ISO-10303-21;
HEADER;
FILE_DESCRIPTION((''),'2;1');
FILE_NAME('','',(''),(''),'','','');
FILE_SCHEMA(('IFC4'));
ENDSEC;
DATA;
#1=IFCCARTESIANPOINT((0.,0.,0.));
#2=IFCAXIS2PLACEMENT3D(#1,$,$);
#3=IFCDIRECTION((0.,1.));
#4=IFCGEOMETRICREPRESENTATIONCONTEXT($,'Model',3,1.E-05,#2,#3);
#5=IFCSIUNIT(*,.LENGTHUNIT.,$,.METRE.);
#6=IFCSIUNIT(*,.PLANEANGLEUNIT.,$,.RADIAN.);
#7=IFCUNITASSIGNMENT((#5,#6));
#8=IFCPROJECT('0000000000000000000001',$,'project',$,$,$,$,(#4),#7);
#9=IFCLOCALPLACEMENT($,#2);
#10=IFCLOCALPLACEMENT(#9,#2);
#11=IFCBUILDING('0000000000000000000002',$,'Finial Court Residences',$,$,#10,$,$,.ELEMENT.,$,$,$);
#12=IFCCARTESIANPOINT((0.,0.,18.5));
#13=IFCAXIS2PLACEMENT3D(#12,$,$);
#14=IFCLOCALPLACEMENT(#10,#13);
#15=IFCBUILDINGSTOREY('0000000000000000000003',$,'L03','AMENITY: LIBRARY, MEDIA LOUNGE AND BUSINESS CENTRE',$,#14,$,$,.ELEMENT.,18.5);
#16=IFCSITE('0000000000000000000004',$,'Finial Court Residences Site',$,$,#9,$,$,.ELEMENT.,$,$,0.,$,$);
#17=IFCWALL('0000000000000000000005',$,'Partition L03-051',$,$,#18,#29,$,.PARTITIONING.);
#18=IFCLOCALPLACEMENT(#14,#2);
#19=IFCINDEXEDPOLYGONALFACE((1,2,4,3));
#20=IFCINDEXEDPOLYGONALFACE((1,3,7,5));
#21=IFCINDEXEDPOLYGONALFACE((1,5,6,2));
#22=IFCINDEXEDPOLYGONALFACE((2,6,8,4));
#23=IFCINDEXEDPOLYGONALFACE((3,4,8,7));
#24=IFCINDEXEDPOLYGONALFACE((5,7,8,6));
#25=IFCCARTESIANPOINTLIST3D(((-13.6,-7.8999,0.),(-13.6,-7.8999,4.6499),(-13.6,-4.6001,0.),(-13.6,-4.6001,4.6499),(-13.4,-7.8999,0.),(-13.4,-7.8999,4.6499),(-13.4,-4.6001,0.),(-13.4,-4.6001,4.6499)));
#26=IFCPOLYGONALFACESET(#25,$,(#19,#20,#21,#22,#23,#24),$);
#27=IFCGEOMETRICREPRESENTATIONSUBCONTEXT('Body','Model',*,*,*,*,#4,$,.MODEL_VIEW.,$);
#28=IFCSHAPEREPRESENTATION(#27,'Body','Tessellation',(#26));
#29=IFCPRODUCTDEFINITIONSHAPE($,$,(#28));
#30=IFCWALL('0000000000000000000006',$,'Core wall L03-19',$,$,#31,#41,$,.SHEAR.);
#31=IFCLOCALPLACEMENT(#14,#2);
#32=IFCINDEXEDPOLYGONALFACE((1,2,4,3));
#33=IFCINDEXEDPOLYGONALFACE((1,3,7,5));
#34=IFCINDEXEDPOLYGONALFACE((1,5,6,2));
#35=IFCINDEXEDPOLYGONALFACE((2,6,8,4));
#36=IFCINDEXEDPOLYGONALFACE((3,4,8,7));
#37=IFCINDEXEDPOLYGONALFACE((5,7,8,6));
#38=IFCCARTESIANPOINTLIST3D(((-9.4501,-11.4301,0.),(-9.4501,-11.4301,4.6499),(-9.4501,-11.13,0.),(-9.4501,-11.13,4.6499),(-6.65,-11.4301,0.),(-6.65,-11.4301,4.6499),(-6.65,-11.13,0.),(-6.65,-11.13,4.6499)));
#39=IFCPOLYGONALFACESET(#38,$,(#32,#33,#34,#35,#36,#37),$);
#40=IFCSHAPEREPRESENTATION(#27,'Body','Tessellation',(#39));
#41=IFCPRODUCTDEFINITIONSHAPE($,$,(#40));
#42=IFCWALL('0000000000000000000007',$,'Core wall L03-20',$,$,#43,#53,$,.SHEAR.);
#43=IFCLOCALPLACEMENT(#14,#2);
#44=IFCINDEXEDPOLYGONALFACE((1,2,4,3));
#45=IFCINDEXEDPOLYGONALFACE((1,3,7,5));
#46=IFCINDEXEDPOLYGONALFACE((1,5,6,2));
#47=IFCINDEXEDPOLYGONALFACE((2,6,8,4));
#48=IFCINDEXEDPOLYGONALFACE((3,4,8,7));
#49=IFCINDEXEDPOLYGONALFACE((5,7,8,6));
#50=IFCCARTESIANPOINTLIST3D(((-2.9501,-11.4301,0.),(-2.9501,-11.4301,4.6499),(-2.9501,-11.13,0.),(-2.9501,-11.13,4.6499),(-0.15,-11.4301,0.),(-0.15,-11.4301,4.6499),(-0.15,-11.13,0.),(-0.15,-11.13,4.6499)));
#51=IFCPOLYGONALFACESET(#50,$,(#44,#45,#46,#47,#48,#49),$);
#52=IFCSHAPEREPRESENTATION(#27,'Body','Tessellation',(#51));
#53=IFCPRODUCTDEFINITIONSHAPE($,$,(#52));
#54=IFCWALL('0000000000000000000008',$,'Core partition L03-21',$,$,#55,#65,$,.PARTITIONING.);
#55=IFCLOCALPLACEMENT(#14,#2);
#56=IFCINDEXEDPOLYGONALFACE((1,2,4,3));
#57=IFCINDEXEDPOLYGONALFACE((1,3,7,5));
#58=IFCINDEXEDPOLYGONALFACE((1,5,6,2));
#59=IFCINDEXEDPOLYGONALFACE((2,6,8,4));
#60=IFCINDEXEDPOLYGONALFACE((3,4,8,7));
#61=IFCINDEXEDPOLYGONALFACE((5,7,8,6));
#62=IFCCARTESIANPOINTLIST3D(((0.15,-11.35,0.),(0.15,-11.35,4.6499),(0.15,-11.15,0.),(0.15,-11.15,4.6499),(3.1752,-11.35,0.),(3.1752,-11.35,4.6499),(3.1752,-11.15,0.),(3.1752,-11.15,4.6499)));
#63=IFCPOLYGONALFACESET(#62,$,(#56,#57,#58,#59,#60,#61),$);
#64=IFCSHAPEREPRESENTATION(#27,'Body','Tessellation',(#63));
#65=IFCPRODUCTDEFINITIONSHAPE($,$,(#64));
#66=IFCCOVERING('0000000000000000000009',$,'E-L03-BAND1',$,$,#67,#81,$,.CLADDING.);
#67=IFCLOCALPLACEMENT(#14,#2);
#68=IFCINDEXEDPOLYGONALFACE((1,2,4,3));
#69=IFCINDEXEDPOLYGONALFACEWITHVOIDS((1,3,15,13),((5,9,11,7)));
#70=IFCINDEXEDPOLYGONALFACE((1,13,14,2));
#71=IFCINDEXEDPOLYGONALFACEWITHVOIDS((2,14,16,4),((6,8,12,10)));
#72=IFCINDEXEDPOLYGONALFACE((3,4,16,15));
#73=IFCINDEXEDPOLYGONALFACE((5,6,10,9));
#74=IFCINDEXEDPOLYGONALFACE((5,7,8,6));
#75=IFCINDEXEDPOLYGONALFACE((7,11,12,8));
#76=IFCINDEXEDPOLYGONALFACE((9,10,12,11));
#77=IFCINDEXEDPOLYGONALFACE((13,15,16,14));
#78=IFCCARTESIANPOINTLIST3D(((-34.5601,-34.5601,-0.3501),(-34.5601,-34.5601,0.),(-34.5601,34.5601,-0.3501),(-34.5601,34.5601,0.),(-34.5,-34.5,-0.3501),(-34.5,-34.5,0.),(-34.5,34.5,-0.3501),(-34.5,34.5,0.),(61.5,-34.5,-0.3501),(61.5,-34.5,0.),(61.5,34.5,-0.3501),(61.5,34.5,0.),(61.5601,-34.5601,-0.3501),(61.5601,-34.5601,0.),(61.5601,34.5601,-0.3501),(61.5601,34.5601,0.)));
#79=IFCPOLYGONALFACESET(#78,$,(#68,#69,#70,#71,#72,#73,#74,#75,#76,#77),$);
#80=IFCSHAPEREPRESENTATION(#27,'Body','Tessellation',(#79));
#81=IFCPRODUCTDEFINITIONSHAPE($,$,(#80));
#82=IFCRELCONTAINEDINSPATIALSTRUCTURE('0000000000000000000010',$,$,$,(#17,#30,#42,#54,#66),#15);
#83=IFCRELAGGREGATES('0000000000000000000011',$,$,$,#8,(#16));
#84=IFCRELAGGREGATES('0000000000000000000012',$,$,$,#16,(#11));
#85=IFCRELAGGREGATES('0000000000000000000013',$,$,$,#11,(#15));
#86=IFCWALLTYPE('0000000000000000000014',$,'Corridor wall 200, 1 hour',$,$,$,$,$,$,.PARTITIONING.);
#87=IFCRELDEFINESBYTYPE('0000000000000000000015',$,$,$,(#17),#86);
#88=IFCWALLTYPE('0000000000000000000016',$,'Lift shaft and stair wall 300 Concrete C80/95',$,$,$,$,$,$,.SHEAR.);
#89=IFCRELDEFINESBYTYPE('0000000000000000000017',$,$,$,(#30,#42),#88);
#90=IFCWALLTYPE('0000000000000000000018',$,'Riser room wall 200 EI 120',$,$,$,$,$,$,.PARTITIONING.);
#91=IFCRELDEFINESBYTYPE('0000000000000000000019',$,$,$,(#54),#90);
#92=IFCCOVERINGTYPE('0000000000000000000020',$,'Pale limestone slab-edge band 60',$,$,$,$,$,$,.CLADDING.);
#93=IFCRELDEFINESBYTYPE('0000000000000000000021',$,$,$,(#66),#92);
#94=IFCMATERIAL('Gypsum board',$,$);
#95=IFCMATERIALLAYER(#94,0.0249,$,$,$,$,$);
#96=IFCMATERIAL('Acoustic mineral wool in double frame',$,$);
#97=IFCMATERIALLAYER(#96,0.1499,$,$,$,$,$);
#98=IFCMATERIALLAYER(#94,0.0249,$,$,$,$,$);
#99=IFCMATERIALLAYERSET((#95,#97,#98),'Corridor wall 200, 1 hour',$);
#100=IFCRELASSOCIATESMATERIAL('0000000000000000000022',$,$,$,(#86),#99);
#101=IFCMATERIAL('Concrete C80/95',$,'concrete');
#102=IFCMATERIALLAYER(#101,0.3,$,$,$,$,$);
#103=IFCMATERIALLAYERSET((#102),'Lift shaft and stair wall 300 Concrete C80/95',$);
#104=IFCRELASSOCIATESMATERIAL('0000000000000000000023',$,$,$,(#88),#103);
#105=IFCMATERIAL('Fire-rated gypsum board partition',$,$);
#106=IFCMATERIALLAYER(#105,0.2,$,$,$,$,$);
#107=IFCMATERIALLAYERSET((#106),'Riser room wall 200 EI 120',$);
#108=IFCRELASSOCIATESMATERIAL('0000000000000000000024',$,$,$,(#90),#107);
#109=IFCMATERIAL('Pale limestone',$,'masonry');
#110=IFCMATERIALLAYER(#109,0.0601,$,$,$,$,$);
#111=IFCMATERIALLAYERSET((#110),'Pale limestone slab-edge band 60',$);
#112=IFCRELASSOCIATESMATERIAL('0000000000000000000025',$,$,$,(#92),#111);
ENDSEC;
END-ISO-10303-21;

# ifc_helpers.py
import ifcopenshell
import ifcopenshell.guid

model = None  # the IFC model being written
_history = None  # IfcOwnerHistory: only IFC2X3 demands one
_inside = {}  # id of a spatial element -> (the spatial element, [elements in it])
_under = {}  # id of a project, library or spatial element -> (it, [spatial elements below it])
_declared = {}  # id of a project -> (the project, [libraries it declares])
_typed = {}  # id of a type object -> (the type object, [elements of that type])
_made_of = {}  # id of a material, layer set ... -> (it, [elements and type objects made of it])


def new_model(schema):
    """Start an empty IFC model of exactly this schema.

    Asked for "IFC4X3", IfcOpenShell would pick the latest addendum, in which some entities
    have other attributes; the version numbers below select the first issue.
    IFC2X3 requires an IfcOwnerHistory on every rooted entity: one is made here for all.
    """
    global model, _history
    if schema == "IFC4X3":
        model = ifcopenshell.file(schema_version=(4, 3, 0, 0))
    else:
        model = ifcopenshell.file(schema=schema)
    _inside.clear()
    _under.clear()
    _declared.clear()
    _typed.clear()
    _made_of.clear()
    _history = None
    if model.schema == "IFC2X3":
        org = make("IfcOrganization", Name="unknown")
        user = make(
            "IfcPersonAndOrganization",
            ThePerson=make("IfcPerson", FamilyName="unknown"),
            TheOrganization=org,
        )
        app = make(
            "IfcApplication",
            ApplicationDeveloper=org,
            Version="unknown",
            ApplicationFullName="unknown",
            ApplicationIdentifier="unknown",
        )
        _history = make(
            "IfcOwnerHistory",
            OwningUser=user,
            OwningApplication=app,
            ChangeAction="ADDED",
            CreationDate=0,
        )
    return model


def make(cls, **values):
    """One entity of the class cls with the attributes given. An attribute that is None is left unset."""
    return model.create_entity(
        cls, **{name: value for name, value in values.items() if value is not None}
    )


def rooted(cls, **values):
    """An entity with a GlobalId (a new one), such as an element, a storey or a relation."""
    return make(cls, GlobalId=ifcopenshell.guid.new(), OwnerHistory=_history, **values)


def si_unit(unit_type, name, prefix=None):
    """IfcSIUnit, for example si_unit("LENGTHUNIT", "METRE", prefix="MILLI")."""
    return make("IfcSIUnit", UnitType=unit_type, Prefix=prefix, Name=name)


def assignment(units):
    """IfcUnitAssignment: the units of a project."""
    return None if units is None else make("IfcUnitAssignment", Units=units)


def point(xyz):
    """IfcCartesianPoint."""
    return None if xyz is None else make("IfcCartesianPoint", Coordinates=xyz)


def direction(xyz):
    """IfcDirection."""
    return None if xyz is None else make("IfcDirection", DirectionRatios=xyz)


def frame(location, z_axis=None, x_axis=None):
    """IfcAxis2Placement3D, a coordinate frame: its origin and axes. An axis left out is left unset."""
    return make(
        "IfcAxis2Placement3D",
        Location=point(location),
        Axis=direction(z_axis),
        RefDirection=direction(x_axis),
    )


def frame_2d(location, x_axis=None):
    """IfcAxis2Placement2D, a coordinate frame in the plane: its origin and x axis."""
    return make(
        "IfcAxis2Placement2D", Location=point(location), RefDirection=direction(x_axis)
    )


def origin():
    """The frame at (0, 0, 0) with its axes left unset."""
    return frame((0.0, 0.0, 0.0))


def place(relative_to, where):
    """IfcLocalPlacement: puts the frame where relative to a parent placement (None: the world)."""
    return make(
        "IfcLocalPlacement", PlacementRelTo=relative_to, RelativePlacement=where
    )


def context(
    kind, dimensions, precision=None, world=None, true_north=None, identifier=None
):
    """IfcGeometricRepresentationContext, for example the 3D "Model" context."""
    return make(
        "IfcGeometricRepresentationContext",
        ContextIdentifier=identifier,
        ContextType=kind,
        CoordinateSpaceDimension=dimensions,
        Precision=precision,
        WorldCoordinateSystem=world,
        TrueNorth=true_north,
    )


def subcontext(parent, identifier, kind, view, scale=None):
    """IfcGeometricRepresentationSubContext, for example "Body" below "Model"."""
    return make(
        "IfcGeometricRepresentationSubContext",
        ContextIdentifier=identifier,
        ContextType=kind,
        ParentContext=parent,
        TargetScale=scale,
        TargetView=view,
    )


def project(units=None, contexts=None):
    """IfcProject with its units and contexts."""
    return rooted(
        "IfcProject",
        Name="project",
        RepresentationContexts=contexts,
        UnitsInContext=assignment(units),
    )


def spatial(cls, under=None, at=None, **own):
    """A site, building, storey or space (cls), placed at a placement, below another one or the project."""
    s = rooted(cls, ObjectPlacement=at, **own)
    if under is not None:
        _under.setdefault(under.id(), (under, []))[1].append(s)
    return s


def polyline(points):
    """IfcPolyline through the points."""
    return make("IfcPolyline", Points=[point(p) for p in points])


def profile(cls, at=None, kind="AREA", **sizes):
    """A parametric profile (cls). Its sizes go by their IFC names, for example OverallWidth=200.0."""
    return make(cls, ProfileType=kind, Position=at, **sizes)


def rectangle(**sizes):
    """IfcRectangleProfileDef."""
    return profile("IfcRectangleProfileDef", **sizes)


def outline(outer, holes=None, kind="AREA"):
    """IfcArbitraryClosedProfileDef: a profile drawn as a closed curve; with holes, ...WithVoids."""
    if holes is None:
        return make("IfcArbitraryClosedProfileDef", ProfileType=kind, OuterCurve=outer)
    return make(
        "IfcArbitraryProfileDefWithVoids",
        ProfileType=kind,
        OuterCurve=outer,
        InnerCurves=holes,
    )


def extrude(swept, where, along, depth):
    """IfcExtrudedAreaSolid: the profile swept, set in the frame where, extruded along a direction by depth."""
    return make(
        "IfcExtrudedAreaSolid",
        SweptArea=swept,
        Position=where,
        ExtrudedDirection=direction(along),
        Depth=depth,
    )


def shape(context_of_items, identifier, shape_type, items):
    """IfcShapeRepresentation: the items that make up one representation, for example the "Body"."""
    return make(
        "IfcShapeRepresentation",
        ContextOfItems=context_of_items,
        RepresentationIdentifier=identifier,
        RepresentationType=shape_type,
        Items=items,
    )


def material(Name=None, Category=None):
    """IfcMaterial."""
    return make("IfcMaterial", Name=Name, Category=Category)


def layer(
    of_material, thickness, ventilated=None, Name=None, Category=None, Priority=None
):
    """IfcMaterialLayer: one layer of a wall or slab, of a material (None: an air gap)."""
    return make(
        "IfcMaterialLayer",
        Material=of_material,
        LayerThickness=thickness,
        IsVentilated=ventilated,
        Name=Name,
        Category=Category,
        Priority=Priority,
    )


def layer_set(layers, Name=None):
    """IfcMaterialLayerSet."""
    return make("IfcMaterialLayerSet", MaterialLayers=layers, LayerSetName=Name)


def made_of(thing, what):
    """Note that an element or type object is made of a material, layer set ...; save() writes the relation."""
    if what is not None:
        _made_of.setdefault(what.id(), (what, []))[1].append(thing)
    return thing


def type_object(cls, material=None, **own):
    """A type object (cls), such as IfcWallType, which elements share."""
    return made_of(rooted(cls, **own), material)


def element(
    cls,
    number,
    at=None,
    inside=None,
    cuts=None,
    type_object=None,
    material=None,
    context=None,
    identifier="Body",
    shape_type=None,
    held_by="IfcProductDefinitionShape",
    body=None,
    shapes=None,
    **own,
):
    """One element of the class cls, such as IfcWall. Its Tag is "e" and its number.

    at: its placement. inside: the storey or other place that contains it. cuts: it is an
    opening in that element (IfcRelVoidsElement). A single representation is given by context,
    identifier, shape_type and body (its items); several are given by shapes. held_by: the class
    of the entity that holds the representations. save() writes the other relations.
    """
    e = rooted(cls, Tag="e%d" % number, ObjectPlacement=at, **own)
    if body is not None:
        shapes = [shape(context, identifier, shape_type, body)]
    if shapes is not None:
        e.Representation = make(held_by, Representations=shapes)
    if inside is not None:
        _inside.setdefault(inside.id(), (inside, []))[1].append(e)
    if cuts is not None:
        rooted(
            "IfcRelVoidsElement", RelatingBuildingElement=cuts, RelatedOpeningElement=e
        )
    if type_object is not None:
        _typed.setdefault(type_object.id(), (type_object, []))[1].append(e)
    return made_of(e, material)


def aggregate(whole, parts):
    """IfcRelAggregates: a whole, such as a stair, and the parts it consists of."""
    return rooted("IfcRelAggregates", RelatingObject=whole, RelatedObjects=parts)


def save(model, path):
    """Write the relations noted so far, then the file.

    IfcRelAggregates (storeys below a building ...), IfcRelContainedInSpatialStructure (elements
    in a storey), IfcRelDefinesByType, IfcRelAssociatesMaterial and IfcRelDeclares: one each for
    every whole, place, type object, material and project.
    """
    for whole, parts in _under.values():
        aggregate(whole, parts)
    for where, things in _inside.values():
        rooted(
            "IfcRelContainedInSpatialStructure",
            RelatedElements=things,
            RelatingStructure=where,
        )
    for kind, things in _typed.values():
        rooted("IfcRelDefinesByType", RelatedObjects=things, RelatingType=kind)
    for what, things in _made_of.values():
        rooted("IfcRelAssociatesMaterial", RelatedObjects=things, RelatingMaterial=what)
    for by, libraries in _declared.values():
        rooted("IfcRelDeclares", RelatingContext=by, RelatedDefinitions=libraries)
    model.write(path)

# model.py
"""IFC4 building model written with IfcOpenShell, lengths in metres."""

from ifc_helpers import new_model, si_unit, direction, frame, frame_2d, origin, place, context, subcontext, project, spatial, polyline, rectangle, outline, extrude, material, layer, layer_set, type_object, element, save


model = new_model("IFC4")

# Units and contexts
model_context = context("Model", 3, precision=1e-05, world=origin(), true_north=direction((0.0, 1.0)))
body_context = subcontext(model_context, "Body", "Model", "MODEL_VIEW")
ifc_project = project(units=[si_unit("LENGTHUNIT", "METRE"), si_unit("PLANEANGLEUNIT", "RADIAN")], contexts=[model_context])

# Site, building, storey
site_placement = place(None, origin())
site = spatial("IfcSite", under=ifc_project, at=site_placement, Name="Finial Court Residences Site", CompositionType="ELEMENT", RefElevation=0.0)
building_placement = place(site_placement, origin())
building = spatial("IfcBuilding", under=site, at=building_placement, Name="Finial Court Residences", CompositionType="ELEMENT")
storey_placement = place(building_placement, frame((0.0, 0.0, 18.5)))
storey = spatial("IfcBuildingStorey", under=building, at=storey_placement, Name="L03", Description="AMENITY: LIBRARY, MEDIA LOUNGE AND BUSINESS CENTRE", CompositionType="ELEMENT", Elevation=18.5)

# Shared definitions
ifc_material_1 = material(Name="Concrete C80/95", Category="concrete")

# Shared definitions
ifc_material_2 = material(Name="Fire-rated gypsum board partition")

# Walls
ifc_material_3 = material(Name="Gypsum board")
ifc_layer_1 = layer(ifc_material_3, 0.0249)
ifc_material_4 = material(Name="Acoustic mineral wool in double frame")
ifc_layer_2 = layer(ifc_material_4, 0.1499)
ifc_layer_3 = layer(ifc_material_3, 0.0249)
ifc_layer_set_1 = layer_set([ifc_layer_1, ifc_layer_2, ifc_layer_3], Name="Corridor wall 200, 1 hour")
wall_type_1 = type_object("IfcWallType", Name="Corridor wall 200, 1 hour", PredefinedType="PARTITIONING", material=ifc_layer_set_1)
wall_1_placement = place(storey_placement, frame((-13.5, -7.8999, 0.0), z_axis=(0.0, 0.0, 1.0), x_axis=(0.0, 1.0, 0.0)))
element("IfcWall", 1, at=wall_1_placement, inside=storey, type_object=wall_type_1, Name="Partition L03-051", PredefinedType="PARTITIONING", context=body_context, shape_type="SweptSolid", body=[
    extrude(rectangle(XDim=3.2998, YDim=0.2, at=frame_2d((1.6499, 0.0))), origin(), (0.0, 0.0, 1.0), 4.6499),
])
ifc_layer_4 = layer(ifc_material_1, 0.3)
ifc_layer_set_2 = layer_set([ifc_layer_4], Name="Lift shaft and stair wall 300 Concrete C80/95")
wall_type_2 = type_object("IfcWallType", Name="Lift shaft and stair wall 300 Concrete C80/95", PredefinedType="SHEAR", material=ifc_layer_set_2)
for number, where, z_axis, x_axis, name in (
    (2, (-9.45, -11.28, 0.0), (0.0, 0.0, 1.0), (1.0, 0.0, 0.0), "Core wall L03-19"),
    (3, (-2.95, -11.28, 0.0), (0.0, 0.0, 1.0), (1.0, 0.0, 0.0), "Core wall L03-20"),
):
    element("IfcWall", number, at=place(storey_placement, frame(where, z_axis=z_axis, x_axis=x_axis)), inside=storey, type_object=wall_type_2, Name=name, PredefinedType="SHEAR", context=body_context, shape_type="SweptSolid", body=[
        extrude(rectangle(XDim=2.8, YDim=0.3, at=frame_2d((1.3999, 0.0))), origin(), (0.0, 0.0, 1.0), 4.6499),
    ])
ifc_layer_5 = layer(ifc_material_2, 0.2)
ifc_layer_set_3 = layer_set([ifc_layer_5], Name="Riser room wall 200 EI 120")
wall_type_3 = type_object("IfcWallType", Name="Riser room wall 200 EI 120", PredefinedType="PARTITIONING", material=ifc_layer_set_3)
wall_2_placement = place(storey_placement, frame((0.1499, -11.25, 0.0), z_axis=(0.0, 0.0, 1.0), x_axis=(1.0, 0.0, 0.0)))
element("IfcWall", 4, at=wall_2_placement, inside=storey, type_object=wall_type_3, Name="Core partition L03-21", PredefinedType="PARTITIONING", context=body_context, shape_type="SweptSolid", body=[
    extrude(rectangle(XDim=3.0251, YDim=0.2, at=frame_2d((1.5127, 0.0))), origin(), (0.0, 0.0, 1.0), 4.6499),
])

# Covering
ifc_material_5 = material(Name="Pale limestone", Category="masonry")
ifc_layer_6 = layer(ifc_material_5, 0.0601)
ifc_layer_set_4 = layer_set([ifc_layer_6], Name="Pale limestone slab-edge band 60")
covering_type = type_object("IfcCoveringType", Name="Pale limestone slab-edge band 60", PredefinedType="CLADDING", material=ifc_layer_set_4)
covering_placement = place(storey_placement, frame((0.0, 0.0, -0.3501)))
element("IfcCovering", 5, at=covering_placement, inside=storey, type_object=covering_type, Name="E-L03-BAND1", PredefinedType="CLADDING", context=body_context, shape_type="SweptSolid", body=[
    extrude(outline(polyline([(-34.5601, 34.5601), (61.5601, 34.5601), (61.5601, -34.5601), (-34.5601, -34.5601), (-34.5601, 34.5601)]), holes=[polyline([(61.5, -34.5), (61.5, 34.5), (-34.5, 34.5), (-34.5, -34.5), (61.5, -34.5)])]), origin(), (0.0, 0.0, 1.0), 0.3501),
])

save(model, "model.ifc")
